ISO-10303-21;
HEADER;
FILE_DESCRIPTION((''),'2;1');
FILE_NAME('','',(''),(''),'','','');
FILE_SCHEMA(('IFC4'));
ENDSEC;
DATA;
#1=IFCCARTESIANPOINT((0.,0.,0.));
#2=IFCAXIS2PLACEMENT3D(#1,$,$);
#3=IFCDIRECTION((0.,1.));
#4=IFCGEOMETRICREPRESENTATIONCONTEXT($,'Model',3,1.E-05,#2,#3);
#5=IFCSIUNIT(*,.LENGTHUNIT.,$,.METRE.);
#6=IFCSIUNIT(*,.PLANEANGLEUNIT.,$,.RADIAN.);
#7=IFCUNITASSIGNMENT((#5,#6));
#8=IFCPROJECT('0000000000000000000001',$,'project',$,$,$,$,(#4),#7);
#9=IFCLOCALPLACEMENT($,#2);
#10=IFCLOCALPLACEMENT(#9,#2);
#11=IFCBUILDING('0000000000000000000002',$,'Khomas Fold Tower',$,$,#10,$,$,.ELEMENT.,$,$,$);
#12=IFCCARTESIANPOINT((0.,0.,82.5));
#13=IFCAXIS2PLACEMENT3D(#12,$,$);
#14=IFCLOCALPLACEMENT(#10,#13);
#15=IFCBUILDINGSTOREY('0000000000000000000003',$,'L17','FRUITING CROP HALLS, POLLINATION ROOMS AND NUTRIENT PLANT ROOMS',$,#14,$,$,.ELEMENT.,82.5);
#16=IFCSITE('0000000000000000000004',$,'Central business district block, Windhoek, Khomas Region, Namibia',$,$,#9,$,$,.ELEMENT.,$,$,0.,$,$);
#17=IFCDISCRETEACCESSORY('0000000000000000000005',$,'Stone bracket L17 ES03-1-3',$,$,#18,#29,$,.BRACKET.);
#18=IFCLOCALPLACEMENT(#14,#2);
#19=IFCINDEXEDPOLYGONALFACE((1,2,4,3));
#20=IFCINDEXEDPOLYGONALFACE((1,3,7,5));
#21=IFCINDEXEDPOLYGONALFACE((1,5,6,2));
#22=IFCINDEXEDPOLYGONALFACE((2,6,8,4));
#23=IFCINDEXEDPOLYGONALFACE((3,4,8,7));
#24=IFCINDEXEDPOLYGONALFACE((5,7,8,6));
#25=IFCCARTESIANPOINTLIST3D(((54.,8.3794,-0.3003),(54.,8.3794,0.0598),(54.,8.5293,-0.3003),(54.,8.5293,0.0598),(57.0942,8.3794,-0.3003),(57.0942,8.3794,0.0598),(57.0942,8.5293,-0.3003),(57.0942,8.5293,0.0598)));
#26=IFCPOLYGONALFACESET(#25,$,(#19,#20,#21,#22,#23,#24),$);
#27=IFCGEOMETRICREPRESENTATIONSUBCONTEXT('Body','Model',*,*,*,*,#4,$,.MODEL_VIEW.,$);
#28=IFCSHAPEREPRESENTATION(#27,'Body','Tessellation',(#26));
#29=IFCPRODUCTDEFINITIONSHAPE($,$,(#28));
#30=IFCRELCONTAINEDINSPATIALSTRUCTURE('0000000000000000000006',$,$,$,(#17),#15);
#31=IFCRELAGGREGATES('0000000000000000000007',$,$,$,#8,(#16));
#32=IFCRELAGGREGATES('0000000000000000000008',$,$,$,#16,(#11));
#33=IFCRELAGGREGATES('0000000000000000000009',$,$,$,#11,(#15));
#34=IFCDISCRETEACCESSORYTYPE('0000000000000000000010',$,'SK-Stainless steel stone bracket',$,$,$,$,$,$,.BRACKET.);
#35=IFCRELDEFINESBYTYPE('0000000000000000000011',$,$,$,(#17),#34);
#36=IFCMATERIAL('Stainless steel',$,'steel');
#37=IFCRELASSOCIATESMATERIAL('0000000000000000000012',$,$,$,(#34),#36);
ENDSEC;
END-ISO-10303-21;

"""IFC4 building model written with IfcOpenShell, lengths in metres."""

from ifc_helpers import new_model, si_unit, direction, frame, origin, origin_2d, place, context, subcontext, project, spatial, rectangle, extrude, source, transform, mapped, material, type_object, element, save


model = new_model("IFC4")

# Units and contexts
model_context = context("Model", 3, precision=1e-05, world=origin(), true_north=direction((0.0, 1.0)))
body_context = subcontext(model_context, "Body", "Model", "MODEL_VIEW")
ifc_project = project(units=[si_unit("LENGTHUNIT", "METRE"), si_unit("PLANEANGLEUNIT", "RADIAN")], contexts=[model_context])

# Site, building, storey
site_placement = place(None, origin())
site = spatial("IfcSite", under=ifc_project, at=site_placement, Name="Central business district block, Windhoek, Khomas Region, Namibia", CompositionType="ELEMENT", RefElevation=0.0)
building_placement = place(site_placement, origin())
building = spatial("IfcBuilding", under=site, at=building_placement, Name="Khomas Fold Tower", CompositionType="ELEMENT")
storey_placement = place(building_placement, frame((0.0, 0.0, 82.5)))
storey = spatial("IfcBuildingStorey", under=building, at=storey_placement, Name="L17", Description="FRUITING CROP HALLS, POLLINATION ROOMS AND NUTRIENT PLANT ROOMS", CompositionType="ELEMENT", Elevation=82.5)

# Discrete accessory
ifc_material_1 = material(Name="Stainless steel", Category="steel")
discrete_accessory_type = type_object("IfcDiscreteAccessoryType", Name="SK-Stainless steel stone bracket", PredefinedType="BRACKET", material=ifc_material_1)
shared_shape_1 = source(origin(), body_context, "Body", "SweptSolid", [
    extrude(rectangle(XDim=3.0942, YDim=0.1499, at=origin_2d()), origin(), (0.0, 0.0, 1.0), 0.3601),
])
discrete_accessory_placement = place(storey_placement, frame((55.5471, 8.4543, -0.3003), z_axis=(0.0, 0.0, 1.0), x_axis=(1.0, 0.0, 0.0)))
element("IfcDiscreteAccessory", 1, at=discrete_accessory_placement, inside=storey, type_object=discrete_accessory_type, Name="Stone bracket L17 ES03-1-3", PredefinedType="BRACKET", context=body_context, shape_type="MappedRepresentation", body=[
    mapped(shared_shape_1, transform((0.0, 0.0, 0.0))),
])

save(model, "model.ifc")
